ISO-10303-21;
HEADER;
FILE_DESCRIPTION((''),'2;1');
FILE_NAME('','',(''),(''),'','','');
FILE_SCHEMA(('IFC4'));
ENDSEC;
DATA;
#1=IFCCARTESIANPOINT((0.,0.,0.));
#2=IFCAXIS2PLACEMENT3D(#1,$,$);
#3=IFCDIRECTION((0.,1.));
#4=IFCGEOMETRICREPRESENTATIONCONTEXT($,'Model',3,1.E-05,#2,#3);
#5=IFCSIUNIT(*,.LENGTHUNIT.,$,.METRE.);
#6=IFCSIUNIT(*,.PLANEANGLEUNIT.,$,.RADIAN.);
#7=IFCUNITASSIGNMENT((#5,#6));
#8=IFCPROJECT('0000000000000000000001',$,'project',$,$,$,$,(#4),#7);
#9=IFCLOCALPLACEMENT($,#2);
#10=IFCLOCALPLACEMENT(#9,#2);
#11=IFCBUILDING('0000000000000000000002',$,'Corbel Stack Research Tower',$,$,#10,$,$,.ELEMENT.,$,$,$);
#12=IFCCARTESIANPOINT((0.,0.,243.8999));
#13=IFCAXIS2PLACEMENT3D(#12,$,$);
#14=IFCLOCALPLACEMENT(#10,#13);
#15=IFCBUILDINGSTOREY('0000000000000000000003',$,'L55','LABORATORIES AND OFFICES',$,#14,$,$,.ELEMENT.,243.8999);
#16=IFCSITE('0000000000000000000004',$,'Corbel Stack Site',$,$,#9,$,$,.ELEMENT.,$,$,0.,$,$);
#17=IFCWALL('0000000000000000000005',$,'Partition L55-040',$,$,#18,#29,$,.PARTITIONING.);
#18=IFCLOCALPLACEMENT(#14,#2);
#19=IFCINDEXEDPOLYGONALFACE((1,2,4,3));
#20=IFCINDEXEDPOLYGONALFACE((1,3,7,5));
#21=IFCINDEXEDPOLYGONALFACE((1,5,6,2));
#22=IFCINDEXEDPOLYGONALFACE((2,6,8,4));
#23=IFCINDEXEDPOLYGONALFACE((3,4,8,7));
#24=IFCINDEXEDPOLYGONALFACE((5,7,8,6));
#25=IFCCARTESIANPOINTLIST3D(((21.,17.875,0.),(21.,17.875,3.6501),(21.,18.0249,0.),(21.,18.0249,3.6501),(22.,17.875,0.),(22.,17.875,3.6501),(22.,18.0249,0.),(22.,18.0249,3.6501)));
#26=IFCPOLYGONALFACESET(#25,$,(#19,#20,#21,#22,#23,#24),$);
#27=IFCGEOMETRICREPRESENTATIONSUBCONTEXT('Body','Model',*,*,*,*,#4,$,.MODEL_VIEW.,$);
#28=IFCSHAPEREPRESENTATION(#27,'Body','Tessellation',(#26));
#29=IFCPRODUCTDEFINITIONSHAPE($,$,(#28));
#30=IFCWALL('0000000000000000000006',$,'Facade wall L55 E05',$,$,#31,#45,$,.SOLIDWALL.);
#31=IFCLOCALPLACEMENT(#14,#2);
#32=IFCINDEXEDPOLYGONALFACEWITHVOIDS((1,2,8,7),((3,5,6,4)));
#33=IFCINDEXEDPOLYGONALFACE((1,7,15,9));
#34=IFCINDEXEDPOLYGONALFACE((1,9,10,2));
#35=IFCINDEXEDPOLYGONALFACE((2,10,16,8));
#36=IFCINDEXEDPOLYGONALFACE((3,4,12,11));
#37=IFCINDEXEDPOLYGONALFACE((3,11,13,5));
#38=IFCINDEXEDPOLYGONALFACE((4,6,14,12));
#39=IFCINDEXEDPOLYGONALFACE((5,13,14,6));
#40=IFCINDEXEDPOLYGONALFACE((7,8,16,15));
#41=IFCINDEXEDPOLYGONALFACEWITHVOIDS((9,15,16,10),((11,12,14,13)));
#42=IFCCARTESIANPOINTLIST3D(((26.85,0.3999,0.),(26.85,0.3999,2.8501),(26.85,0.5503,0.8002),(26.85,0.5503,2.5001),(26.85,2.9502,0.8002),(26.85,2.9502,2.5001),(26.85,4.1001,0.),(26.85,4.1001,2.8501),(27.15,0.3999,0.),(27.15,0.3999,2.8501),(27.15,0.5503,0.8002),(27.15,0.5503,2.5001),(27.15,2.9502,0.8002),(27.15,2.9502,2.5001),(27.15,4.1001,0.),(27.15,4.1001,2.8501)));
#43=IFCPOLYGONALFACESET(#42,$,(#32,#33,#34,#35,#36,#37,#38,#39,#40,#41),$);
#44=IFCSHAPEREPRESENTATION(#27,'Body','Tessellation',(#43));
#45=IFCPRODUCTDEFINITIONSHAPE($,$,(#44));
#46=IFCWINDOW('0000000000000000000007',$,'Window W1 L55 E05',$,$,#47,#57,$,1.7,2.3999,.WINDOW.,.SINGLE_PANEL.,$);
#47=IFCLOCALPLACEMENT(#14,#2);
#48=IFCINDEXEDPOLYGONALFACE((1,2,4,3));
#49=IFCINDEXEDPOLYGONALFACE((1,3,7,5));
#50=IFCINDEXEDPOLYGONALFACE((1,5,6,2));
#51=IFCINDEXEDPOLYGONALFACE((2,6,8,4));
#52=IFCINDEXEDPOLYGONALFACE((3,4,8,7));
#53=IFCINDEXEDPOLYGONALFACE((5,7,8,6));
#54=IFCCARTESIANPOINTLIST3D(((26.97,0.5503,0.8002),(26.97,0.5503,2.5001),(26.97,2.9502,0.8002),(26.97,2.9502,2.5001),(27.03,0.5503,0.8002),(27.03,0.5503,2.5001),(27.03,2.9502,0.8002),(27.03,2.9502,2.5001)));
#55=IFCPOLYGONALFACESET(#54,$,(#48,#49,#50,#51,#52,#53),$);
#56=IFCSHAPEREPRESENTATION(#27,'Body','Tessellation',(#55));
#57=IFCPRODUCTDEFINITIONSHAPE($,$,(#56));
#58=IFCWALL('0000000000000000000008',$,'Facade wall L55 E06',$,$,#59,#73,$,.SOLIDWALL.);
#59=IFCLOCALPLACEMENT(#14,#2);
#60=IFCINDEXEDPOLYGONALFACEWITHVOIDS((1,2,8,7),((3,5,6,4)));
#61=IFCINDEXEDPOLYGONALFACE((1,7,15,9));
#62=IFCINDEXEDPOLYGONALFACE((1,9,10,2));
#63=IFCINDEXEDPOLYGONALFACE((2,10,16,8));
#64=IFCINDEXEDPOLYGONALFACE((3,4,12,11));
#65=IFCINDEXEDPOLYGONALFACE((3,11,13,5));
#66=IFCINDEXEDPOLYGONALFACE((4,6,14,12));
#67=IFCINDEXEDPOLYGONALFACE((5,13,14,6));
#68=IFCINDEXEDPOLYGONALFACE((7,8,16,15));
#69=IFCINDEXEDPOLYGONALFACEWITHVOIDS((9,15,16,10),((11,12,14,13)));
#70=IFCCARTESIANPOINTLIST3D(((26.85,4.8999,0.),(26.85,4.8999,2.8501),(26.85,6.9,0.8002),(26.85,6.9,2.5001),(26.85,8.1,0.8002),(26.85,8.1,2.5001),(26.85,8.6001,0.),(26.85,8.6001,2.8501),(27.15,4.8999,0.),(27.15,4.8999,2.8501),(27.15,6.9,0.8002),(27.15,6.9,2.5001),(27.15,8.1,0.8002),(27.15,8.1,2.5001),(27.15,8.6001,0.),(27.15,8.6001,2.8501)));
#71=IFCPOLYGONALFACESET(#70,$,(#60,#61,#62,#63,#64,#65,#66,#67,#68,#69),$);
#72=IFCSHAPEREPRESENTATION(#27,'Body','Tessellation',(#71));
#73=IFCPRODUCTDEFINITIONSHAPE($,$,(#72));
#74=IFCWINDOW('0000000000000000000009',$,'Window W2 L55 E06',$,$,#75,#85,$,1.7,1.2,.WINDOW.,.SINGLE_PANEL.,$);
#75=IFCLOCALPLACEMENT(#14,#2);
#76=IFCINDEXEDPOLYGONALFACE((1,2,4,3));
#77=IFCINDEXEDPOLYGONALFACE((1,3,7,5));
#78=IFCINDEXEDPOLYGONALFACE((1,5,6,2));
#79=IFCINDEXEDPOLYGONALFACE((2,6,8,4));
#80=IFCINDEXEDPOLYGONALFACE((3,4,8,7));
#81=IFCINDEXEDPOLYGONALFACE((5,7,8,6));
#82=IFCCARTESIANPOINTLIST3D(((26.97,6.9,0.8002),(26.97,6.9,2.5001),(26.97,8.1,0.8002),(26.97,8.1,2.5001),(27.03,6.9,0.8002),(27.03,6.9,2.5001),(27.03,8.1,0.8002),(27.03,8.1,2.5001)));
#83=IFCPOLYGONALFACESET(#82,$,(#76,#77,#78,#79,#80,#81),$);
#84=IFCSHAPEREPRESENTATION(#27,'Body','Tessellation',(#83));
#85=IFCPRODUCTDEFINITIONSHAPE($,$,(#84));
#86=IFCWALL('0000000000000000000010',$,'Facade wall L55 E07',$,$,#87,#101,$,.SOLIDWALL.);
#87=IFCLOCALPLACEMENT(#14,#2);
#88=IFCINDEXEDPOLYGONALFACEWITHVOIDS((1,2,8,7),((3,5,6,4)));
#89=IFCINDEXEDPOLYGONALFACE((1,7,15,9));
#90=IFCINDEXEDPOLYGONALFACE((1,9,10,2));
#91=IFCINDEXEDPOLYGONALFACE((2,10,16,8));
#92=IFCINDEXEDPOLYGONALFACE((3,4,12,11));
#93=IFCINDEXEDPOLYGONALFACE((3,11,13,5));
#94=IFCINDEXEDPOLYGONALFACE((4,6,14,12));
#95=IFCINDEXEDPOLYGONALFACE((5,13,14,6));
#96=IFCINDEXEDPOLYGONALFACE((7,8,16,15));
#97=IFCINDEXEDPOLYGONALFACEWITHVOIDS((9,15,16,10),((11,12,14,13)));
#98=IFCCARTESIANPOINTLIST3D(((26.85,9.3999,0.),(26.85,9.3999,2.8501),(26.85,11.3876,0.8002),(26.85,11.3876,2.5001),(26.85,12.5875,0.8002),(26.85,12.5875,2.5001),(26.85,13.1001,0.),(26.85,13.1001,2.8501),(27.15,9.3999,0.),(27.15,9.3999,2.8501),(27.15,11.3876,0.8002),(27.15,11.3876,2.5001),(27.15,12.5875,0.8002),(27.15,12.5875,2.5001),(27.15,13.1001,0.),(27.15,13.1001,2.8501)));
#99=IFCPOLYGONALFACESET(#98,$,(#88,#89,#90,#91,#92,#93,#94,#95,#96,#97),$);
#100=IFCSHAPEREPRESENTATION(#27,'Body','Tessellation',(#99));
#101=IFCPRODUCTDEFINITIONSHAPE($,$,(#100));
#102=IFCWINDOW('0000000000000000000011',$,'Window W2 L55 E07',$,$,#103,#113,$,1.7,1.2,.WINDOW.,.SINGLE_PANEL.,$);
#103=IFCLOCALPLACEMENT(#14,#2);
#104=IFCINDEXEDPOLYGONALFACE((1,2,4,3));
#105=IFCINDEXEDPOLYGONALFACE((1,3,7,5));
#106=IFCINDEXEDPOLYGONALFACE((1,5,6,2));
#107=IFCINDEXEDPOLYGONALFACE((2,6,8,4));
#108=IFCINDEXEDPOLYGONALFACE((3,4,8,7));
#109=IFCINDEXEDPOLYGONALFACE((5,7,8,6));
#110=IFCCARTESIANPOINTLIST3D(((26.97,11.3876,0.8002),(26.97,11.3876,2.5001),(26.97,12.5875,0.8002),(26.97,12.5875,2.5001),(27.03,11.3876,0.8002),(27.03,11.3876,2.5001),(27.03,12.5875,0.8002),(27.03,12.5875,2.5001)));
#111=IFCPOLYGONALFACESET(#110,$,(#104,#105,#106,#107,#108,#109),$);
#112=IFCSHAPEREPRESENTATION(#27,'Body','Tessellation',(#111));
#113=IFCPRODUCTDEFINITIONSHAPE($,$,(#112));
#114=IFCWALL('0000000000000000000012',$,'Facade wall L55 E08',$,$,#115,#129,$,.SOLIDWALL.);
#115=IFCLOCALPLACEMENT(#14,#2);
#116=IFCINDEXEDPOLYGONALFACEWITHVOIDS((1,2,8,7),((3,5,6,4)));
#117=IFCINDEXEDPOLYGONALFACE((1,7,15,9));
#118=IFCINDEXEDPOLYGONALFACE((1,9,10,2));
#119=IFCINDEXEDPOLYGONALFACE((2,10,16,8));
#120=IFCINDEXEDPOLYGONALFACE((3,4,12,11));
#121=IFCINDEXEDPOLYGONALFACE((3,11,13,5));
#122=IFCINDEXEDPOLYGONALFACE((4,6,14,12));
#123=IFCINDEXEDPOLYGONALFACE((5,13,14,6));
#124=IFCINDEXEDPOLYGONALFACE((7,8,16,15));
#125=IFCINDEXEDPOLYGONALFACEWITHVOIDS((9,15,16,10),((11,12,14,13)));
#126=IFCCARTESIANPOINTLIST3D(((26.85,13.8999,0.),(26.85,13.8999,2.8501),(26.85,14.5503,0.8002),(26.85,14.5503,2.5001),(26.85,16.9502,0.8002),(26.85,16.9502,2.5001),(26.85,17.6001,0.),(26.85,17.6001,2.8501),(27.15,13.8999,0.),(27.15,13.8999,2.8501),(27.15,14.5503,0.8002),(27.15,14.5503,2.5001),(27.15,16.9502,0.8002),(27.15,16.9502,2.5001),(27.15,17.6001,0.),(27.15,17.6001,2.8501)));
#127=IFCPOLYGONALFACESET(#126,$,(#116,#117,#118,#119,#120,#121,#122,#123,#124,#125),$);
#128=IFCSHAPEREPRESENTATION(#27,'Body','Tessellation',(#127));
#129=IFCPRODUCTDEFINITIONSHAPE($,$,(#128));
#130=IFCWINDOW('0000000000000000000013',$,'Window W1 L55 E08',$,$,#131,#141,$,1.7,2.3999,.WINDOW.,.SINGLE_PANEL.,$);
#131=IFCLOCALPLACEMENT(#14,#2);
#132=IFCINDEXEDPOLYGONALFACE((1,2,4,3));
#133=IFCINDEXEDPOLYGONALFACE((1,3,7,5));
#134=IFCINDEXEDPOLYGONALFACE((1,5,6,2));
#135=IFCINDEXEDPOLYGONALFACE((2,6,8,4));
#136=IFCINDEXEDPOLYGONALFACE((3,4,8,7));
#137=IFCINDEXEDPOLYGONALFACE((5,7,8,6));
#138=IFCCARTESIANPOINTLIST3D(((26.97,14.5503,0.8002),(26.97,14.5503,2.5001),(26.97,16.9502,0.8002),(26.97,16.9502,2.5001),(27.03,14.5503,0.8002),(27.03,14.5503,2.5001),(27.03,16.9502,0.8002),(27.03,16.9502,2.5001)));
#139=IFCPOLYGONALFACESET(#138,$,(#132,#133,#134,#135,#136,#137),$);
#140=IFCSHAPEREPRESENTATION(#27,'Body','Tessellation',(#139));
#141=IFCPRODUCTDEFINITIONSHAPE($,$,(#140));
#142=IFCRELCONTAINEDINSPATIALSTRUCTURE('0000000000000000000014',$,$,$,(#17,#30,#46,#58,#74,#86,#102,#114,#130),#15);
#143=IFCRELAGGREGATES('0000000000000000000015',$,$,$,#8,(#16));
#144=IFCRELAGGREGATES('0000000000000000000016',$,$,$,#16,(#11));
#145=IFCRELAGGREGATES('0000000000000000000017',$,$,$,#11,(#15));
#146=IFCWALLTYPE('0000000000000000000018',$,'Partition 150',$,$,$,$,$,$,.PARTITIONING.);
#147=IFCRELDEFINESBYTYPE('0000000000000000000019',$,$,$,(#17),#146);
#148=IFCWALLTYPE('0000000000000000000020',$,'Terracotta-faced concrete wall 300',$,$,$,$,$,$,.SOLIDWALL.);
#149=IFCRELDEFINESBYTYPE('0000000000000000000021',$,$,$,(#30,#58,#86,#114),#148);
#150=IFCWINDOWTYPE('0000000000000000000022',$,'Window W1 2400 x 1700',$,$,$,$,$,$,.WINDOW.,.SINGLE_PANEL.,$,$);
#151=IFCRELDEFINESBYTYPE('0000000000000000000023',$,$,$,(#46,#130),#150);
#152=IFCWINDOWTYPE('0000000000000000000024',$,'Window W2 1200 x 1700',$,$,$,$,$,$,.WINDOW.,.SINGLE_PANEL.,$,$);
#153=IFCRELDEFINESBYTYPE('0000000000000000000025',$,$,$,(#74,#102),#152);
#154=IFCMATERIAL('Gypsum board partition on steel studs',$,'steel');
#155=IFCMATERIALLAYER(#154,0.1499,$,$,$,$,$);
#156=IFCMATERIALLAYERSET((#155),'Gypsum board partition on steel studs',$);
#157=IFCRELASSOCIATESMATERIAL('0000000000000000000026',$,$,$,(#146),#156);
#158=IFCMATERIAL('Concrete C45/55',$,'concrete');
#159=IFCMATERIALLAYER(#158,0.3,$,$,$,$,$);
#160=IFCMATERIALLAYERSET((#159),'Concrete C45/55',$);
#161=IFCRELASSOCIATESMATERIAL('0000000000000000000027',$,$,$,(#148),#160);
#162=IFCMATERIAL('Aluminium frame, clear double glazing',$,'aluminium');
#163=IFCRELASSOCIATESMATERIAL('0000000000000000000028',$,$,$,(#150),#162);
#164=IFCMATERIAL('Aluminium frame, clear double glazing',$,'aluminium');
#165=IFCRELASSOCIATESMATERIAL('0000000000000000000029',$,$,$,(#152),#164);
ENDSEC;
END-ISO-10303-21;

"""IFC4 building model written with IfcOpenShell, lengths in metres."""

from ifc_helpers import new_model, si_unit, direction, frame, frame_2d, origin, place, context, subcontext, project, spatial, rectangle, extrude, material, layer, layer_set, type_object, element, fill, save


model = new_model("IFC4")

# Units and contexts
model_context = context("Model", 3, precision=1e-05, world=origin(), true_north=direction((0.0, 1.0)))
body_context = subcontext(model_context, "Body", "Model", "MODEL_VIEW")
ifc_project = project(units=[si_unit("LENGTHUNIT", "METRE"), si_unit("PLANEANGLEUNIT", "RADIAN")], contexts=[model_context])

# Site, building, storey
site_placement = place(None, origin())
site = spatial("IfcSite", under=ifc_project, at=site_placement, Name="Corbel Stack Site", CompositionType="ELEMENT", RefElevation=0.0)
building_placement = place(site_placement, origin())
building = spatial("IfcBuilding", under=site, at=building_placement, Name="Corbel Stack Research Tower", CompositionType="ELEMENT")
storey_placement = place(building_placement, frame((0.0, 0.0, 243.8999)))
storey = spatial("IfcBuildingStorey", under=building, at=storey_placement, Name="L55", Description="LABORATORIES AND OFFICES", CompositionType="ELEMENT", Elevation=243.8999)

# Shared definitions
ifc_material_1 = material(Name="Gypsum board partition on steel studs", Category="steel")
ifc_layer_1 = layer(ifc_material_1, 0.1499)
ifc_layer_set_1 = layer_set([ifc_layer_1], Name="Gypsum board partition on steel studs")
wall_type_1 = type_object("IfcWallType", Name="Partition 150", PredefinedType="PARTITIONING", material=ifc_layer_set_1)

# Wall
wall_1_placement = place(storey_placement, frame((21.0, 17.95, 0.0), z_axis=(0.0, 0.0, 1.0), x_axis=(1.0, 0.0, 0.0)))
element("IfcWall", 1, at=wall_1_placement, inside=storey, type_object=wall_type_1, Name="Partition L55-040", PredefinedType="PARTITIONING", context=body_context, shape_type="SweptSolid", body=[
    extrude(rectangle(XDim=1.0, YDim=0.1499, at=frame_2d((0.5, 0.0))), origin(), (0.0, 0.0, 1.0), 3.6501),
])

# Walls, openings, windows
ifc_material_2 = material(Name="Concrete C45/55", Category="concrete")
ifc_layer_2 = layer(ifc_material_2, 0.3)
ifc_layer_set_2 = layer_set([ifc_layer_2], Name="Concrete C45/55")
wall_type_2 = type_object("IfcWallType", Name="Terracotta-faced concrete wall 300", PredefinedType="SOLIDWALL", material=ifc_layer_set_2)
wall_2_placement = place(storey_placement, frame((27.0, 4.1001, 0.0), z_axis=(0.0, 0.0, 1.0), x_axis=(0.0, -1.0, 0.0)))
wall_2 = element("IfcWall", 2, at=wall_2_placement, inside=storey, type_object=wall_type_2, Name="Facade wall L55 E05", PredefinedType="SOLIDWALL", context=body_context, shape_type="SweptSolid", body=[
    extrude(rectangle(XDim=3.7002, YDim=0.3, at=frame_2d((1.8501, 0.0))), origin(), (0.0, 0.0, 1.0), 2.8501),
])
opening_1_placement = place(wall_2_placement, frame((1.1499, 0.0, 0.8)))
opening_1 = element("IfcOpeningElement", 3, at=opening_1_placement, cuts=wall_2, PredefinedType="OPENING", context=body_context, shape_type="SweptSolid", body=[
    extrude(rectangle(XDim=2.3999, YDim=1.7, at=frame_2d((1.2, 0.8501))), frame((0.0, 0.1599, 0.0), z_axis=(0.0, -1.0, 0.0), x_axis=(1.0, 0.0, 0.0)), (0.0, 0.0, 1.0), 0.3201),
])
ifc_material_3 = material(Name="Aluminium frame, clear double glazing", Category="aluminium")
window_type_1 = type_object("IfcWindowType", Name="Window W1 2400 x 1700", PartitioningType="SINGLE_PANEL", PredefinedType="WINDOW", material=ifc_material_3)
window_1_placement = place(opening_1_placement, origin())
window_1 = element("IfcWindow", 4, at=window_1_placement, inside=storey, type_object=window_type_1, Name="Window W1 L55 E05", OverallHeight=1.7, OverallWidth=2.3999, PartitioningType="SINGLE_PANEL", PredefinedType="WINDOW", context=body_context, shape_type="SweptSolid", body=[
    extrude(rectangle(XDim=2.3999, YDim=1.7, at=frame_2d((1.2, 0.8501))), frame((0.0, 0.03, 0.0), z_axis=(0.0, -1.0, 0.0), x_axis=(1.0, 0.0, 0.0)), (0.0, 0.0, 1.0), 0.0601),
])
fill(opening_1, window_1)
wall_3_placement = place(storey_placement, frame((27.0, 8.6001, 0.0), z_axis=(0.0, 0.0, 1.0), x_axis=(0.0, -1.0, 0.0)))
wall_3 = element("IfcWall", 5, at=wall_3_placement, inside=storey, type_object=wall_type_2, Name="Facade wall L55 E06", PredefinedType="SOLIDWALL", context=body_context, shape_type="SweptSolid", body=[
    extrude(rectangle(XDim=3.7002, YDim=0.3, at=frame_2d((1.8501, 0.0))), origin(), (0.0, 0.0, 1.0), 2.8501),
])
opening_2_placement = place(wall_3_placement, frame((0.5, 0.0, 0.8)))
opening_2 = element("IfcOpeningElement", 6, at=opening_2_placement, cuts=wall_3, PredefinedType="OPENING", context=body_context, shape_type="SweptSolid", body=[
    extrude(rectangle(XDim=1.2, YDim=1.7, at=frame_2d((0.6001, 0.8501))), frame((0.0, 0.1599, 0.0), z_axis=(0.0, -1.0, 0.0), x_axis=(1.0, 0.0, 0.0)), (0.0, 0.0, 1.0), 0.3201),
])
ifc_material_4 = material(Name="Aluminium frame, clear double glazing", Category="aluminium")
window_type_2 = type_object("IfcWindowType", Name="Window W2 1200 x 1700", PartitioningType="SINGLE_PANEL", PredefinedType="WINDOW", material=ifc_material_4)
window_2_placement = place(opening_2_placement, origin())
window_2 = element("IfcWindow", 7, at=window_2_placement, inside=storey, type_object=window_type_2, Name="Window W2 L55 E06", OverallHeight=1.7, OverallWidth=1.2, PartitioningType="SINGLE_PANEL", PredefinedType="WINDOW", context=body_context, shape_type="SweptSolid", body=[
    extrude(rectangle(XDim=1.2, YDim=1.7, at=frame_2d((0.6001, 0.8501))), frame((0.0, 0.03, 0.0), z_axis=(0.0, -1.0, 0.0), x_axis=(1.0, 0.0, 0.0)), (0.0, 0.0, 1.0), 0.0601),
])
fill(opening_2, window_2)
wall_4_placement = place(storey_placement, frame((27.0, 13.1001, 0.0), z_axis=(0.0, 0.0, 1.0), x_axis=(0.0, -1.0, 0.0)))
wall_4 = element("IfcWall", 8, at=wall_4_placement, inside=storey, type_object=wall_type_2, Name="Facade wall L55 E07", PredefinedType="SOLIDWALL", context=body_context, shape_type="SweptSolid", body=[
    extrude(rectangle(XDim=3.7002, YDim=0.3, at=frame_2d((1.8501, 0.0))), origin(), (0.0, 0.0, 1.0), 2.8501),
])
opening_3_placement = place(wall_4_placement, frame((0.5125, 0.0, 0.8)))
opening_3 = element("IfcOpeningElement", 9, at=opening_3_placement, cuts=wall_4, PredefinedType="OPENING", context=body_context, shape_type="SweptSolid", body=[
    extrude(rectangle(XDim=1.2, YDim=1.7, at=frame_2d((0.6001, 0.8501))), frame((0.0, 0.1599, 0.0), z_axis=(0.0, -1.0, 0.0), x_axis=(1.0, 0.0, 0.0)), (0.0, 0.0, 1.0), 0.3201),
])
window_3_placement = place(opening_3_placement, origin())
window_3 = element("IfcWindow", 10, at=window_3_placement, inside=storey, type_object=window_type_2, Name="Window W2 L55 E07", OverallHeight=1.7, OverallWidth=1.2, PartitioningType="SINGLE_PANEL", PredefinedType="WINDOW", context=body_context, shape_type="SweptSolid", body=[
    extrude(rectangle(XDim=1.2, YDim=1.7, at=frame_2d((0.6001, 0.8501))), frame((0.0, 0.03, 0.0), z_axis=(0.0, -1.0, 0.0), x_axis=(1.0, 0.0, 0.0)), (0.0, 0.0, 1.0), 0.0601),
])
fill(opening_3, window_3)
wall_5_placement = place(storey_placement, frame((27.0, 17.6001, 0.0), z_axis=(0.0, 0.0, 1.0), x_axis=(0.0, -1.0, 0.0)))
wall_5 = element("IfcWall", 11, at=wall_5_placement, inside=storey, type_object=wall_type_2, Name="Facade wall L55 E08", PredefinedType="SOLIDWALL", context=body_context, shape_type="SweptSolid", body=[
    extrude(rectangle(XDim=3.7002, YDim=0.3, at=frame_2d((1.8501, 0.0))), origin(), (0.0, 0.0, 1.0), 2.8501),
])
opening_4_placement = place(wall_5_placement, frame((0.6499, 0.0, 0.8)))
opening_4 = element("IfcOpeningElement", 12, at=opening_4_placement, cuts=wall_5, PredefinedType="OPENING", context=body_context, shape_type="SweptSolid", body=[
    extrude(rectangle(XDim=2.3999, YDim=1.7, at=frame_2d((1.2, 0.8501))), frame((0.0, 0.1599, 0.0), z_axis=(0.0, -1.0, 0.0), x_axis=(1.0, 0.0, 0.0)), (0.0, 0.0, 1.0), 0.3201),
])
window_4_placement = place(opening_4_placement, origin())
window_4 = element("IfcWindow", 13, at=window_4_placement, inside=storey, type_object=window_type_1, Name="Window W1 L55 E08", OverallHeight=1.7, OverallWidth=2.3999, PartitioningType="SINGLE_PANEL", PredefinedType="WINDOW", context=body_context, shape_type="SweptSolid", body=[
    extrude(rectangle(XDim=2.3999, YDim=1.7, at=frame_2d((1.2, 0.8501))), frame((0.0, 0.03, 0.0), z_axis=(0.0, -1.0, 0.0), x_axis=(1.0, 0.0, 0.0)), (0.0, 0.0, 1.0), 0.0601),
])
fill(opening_4, window_4)

save(model, "model.ifc")
